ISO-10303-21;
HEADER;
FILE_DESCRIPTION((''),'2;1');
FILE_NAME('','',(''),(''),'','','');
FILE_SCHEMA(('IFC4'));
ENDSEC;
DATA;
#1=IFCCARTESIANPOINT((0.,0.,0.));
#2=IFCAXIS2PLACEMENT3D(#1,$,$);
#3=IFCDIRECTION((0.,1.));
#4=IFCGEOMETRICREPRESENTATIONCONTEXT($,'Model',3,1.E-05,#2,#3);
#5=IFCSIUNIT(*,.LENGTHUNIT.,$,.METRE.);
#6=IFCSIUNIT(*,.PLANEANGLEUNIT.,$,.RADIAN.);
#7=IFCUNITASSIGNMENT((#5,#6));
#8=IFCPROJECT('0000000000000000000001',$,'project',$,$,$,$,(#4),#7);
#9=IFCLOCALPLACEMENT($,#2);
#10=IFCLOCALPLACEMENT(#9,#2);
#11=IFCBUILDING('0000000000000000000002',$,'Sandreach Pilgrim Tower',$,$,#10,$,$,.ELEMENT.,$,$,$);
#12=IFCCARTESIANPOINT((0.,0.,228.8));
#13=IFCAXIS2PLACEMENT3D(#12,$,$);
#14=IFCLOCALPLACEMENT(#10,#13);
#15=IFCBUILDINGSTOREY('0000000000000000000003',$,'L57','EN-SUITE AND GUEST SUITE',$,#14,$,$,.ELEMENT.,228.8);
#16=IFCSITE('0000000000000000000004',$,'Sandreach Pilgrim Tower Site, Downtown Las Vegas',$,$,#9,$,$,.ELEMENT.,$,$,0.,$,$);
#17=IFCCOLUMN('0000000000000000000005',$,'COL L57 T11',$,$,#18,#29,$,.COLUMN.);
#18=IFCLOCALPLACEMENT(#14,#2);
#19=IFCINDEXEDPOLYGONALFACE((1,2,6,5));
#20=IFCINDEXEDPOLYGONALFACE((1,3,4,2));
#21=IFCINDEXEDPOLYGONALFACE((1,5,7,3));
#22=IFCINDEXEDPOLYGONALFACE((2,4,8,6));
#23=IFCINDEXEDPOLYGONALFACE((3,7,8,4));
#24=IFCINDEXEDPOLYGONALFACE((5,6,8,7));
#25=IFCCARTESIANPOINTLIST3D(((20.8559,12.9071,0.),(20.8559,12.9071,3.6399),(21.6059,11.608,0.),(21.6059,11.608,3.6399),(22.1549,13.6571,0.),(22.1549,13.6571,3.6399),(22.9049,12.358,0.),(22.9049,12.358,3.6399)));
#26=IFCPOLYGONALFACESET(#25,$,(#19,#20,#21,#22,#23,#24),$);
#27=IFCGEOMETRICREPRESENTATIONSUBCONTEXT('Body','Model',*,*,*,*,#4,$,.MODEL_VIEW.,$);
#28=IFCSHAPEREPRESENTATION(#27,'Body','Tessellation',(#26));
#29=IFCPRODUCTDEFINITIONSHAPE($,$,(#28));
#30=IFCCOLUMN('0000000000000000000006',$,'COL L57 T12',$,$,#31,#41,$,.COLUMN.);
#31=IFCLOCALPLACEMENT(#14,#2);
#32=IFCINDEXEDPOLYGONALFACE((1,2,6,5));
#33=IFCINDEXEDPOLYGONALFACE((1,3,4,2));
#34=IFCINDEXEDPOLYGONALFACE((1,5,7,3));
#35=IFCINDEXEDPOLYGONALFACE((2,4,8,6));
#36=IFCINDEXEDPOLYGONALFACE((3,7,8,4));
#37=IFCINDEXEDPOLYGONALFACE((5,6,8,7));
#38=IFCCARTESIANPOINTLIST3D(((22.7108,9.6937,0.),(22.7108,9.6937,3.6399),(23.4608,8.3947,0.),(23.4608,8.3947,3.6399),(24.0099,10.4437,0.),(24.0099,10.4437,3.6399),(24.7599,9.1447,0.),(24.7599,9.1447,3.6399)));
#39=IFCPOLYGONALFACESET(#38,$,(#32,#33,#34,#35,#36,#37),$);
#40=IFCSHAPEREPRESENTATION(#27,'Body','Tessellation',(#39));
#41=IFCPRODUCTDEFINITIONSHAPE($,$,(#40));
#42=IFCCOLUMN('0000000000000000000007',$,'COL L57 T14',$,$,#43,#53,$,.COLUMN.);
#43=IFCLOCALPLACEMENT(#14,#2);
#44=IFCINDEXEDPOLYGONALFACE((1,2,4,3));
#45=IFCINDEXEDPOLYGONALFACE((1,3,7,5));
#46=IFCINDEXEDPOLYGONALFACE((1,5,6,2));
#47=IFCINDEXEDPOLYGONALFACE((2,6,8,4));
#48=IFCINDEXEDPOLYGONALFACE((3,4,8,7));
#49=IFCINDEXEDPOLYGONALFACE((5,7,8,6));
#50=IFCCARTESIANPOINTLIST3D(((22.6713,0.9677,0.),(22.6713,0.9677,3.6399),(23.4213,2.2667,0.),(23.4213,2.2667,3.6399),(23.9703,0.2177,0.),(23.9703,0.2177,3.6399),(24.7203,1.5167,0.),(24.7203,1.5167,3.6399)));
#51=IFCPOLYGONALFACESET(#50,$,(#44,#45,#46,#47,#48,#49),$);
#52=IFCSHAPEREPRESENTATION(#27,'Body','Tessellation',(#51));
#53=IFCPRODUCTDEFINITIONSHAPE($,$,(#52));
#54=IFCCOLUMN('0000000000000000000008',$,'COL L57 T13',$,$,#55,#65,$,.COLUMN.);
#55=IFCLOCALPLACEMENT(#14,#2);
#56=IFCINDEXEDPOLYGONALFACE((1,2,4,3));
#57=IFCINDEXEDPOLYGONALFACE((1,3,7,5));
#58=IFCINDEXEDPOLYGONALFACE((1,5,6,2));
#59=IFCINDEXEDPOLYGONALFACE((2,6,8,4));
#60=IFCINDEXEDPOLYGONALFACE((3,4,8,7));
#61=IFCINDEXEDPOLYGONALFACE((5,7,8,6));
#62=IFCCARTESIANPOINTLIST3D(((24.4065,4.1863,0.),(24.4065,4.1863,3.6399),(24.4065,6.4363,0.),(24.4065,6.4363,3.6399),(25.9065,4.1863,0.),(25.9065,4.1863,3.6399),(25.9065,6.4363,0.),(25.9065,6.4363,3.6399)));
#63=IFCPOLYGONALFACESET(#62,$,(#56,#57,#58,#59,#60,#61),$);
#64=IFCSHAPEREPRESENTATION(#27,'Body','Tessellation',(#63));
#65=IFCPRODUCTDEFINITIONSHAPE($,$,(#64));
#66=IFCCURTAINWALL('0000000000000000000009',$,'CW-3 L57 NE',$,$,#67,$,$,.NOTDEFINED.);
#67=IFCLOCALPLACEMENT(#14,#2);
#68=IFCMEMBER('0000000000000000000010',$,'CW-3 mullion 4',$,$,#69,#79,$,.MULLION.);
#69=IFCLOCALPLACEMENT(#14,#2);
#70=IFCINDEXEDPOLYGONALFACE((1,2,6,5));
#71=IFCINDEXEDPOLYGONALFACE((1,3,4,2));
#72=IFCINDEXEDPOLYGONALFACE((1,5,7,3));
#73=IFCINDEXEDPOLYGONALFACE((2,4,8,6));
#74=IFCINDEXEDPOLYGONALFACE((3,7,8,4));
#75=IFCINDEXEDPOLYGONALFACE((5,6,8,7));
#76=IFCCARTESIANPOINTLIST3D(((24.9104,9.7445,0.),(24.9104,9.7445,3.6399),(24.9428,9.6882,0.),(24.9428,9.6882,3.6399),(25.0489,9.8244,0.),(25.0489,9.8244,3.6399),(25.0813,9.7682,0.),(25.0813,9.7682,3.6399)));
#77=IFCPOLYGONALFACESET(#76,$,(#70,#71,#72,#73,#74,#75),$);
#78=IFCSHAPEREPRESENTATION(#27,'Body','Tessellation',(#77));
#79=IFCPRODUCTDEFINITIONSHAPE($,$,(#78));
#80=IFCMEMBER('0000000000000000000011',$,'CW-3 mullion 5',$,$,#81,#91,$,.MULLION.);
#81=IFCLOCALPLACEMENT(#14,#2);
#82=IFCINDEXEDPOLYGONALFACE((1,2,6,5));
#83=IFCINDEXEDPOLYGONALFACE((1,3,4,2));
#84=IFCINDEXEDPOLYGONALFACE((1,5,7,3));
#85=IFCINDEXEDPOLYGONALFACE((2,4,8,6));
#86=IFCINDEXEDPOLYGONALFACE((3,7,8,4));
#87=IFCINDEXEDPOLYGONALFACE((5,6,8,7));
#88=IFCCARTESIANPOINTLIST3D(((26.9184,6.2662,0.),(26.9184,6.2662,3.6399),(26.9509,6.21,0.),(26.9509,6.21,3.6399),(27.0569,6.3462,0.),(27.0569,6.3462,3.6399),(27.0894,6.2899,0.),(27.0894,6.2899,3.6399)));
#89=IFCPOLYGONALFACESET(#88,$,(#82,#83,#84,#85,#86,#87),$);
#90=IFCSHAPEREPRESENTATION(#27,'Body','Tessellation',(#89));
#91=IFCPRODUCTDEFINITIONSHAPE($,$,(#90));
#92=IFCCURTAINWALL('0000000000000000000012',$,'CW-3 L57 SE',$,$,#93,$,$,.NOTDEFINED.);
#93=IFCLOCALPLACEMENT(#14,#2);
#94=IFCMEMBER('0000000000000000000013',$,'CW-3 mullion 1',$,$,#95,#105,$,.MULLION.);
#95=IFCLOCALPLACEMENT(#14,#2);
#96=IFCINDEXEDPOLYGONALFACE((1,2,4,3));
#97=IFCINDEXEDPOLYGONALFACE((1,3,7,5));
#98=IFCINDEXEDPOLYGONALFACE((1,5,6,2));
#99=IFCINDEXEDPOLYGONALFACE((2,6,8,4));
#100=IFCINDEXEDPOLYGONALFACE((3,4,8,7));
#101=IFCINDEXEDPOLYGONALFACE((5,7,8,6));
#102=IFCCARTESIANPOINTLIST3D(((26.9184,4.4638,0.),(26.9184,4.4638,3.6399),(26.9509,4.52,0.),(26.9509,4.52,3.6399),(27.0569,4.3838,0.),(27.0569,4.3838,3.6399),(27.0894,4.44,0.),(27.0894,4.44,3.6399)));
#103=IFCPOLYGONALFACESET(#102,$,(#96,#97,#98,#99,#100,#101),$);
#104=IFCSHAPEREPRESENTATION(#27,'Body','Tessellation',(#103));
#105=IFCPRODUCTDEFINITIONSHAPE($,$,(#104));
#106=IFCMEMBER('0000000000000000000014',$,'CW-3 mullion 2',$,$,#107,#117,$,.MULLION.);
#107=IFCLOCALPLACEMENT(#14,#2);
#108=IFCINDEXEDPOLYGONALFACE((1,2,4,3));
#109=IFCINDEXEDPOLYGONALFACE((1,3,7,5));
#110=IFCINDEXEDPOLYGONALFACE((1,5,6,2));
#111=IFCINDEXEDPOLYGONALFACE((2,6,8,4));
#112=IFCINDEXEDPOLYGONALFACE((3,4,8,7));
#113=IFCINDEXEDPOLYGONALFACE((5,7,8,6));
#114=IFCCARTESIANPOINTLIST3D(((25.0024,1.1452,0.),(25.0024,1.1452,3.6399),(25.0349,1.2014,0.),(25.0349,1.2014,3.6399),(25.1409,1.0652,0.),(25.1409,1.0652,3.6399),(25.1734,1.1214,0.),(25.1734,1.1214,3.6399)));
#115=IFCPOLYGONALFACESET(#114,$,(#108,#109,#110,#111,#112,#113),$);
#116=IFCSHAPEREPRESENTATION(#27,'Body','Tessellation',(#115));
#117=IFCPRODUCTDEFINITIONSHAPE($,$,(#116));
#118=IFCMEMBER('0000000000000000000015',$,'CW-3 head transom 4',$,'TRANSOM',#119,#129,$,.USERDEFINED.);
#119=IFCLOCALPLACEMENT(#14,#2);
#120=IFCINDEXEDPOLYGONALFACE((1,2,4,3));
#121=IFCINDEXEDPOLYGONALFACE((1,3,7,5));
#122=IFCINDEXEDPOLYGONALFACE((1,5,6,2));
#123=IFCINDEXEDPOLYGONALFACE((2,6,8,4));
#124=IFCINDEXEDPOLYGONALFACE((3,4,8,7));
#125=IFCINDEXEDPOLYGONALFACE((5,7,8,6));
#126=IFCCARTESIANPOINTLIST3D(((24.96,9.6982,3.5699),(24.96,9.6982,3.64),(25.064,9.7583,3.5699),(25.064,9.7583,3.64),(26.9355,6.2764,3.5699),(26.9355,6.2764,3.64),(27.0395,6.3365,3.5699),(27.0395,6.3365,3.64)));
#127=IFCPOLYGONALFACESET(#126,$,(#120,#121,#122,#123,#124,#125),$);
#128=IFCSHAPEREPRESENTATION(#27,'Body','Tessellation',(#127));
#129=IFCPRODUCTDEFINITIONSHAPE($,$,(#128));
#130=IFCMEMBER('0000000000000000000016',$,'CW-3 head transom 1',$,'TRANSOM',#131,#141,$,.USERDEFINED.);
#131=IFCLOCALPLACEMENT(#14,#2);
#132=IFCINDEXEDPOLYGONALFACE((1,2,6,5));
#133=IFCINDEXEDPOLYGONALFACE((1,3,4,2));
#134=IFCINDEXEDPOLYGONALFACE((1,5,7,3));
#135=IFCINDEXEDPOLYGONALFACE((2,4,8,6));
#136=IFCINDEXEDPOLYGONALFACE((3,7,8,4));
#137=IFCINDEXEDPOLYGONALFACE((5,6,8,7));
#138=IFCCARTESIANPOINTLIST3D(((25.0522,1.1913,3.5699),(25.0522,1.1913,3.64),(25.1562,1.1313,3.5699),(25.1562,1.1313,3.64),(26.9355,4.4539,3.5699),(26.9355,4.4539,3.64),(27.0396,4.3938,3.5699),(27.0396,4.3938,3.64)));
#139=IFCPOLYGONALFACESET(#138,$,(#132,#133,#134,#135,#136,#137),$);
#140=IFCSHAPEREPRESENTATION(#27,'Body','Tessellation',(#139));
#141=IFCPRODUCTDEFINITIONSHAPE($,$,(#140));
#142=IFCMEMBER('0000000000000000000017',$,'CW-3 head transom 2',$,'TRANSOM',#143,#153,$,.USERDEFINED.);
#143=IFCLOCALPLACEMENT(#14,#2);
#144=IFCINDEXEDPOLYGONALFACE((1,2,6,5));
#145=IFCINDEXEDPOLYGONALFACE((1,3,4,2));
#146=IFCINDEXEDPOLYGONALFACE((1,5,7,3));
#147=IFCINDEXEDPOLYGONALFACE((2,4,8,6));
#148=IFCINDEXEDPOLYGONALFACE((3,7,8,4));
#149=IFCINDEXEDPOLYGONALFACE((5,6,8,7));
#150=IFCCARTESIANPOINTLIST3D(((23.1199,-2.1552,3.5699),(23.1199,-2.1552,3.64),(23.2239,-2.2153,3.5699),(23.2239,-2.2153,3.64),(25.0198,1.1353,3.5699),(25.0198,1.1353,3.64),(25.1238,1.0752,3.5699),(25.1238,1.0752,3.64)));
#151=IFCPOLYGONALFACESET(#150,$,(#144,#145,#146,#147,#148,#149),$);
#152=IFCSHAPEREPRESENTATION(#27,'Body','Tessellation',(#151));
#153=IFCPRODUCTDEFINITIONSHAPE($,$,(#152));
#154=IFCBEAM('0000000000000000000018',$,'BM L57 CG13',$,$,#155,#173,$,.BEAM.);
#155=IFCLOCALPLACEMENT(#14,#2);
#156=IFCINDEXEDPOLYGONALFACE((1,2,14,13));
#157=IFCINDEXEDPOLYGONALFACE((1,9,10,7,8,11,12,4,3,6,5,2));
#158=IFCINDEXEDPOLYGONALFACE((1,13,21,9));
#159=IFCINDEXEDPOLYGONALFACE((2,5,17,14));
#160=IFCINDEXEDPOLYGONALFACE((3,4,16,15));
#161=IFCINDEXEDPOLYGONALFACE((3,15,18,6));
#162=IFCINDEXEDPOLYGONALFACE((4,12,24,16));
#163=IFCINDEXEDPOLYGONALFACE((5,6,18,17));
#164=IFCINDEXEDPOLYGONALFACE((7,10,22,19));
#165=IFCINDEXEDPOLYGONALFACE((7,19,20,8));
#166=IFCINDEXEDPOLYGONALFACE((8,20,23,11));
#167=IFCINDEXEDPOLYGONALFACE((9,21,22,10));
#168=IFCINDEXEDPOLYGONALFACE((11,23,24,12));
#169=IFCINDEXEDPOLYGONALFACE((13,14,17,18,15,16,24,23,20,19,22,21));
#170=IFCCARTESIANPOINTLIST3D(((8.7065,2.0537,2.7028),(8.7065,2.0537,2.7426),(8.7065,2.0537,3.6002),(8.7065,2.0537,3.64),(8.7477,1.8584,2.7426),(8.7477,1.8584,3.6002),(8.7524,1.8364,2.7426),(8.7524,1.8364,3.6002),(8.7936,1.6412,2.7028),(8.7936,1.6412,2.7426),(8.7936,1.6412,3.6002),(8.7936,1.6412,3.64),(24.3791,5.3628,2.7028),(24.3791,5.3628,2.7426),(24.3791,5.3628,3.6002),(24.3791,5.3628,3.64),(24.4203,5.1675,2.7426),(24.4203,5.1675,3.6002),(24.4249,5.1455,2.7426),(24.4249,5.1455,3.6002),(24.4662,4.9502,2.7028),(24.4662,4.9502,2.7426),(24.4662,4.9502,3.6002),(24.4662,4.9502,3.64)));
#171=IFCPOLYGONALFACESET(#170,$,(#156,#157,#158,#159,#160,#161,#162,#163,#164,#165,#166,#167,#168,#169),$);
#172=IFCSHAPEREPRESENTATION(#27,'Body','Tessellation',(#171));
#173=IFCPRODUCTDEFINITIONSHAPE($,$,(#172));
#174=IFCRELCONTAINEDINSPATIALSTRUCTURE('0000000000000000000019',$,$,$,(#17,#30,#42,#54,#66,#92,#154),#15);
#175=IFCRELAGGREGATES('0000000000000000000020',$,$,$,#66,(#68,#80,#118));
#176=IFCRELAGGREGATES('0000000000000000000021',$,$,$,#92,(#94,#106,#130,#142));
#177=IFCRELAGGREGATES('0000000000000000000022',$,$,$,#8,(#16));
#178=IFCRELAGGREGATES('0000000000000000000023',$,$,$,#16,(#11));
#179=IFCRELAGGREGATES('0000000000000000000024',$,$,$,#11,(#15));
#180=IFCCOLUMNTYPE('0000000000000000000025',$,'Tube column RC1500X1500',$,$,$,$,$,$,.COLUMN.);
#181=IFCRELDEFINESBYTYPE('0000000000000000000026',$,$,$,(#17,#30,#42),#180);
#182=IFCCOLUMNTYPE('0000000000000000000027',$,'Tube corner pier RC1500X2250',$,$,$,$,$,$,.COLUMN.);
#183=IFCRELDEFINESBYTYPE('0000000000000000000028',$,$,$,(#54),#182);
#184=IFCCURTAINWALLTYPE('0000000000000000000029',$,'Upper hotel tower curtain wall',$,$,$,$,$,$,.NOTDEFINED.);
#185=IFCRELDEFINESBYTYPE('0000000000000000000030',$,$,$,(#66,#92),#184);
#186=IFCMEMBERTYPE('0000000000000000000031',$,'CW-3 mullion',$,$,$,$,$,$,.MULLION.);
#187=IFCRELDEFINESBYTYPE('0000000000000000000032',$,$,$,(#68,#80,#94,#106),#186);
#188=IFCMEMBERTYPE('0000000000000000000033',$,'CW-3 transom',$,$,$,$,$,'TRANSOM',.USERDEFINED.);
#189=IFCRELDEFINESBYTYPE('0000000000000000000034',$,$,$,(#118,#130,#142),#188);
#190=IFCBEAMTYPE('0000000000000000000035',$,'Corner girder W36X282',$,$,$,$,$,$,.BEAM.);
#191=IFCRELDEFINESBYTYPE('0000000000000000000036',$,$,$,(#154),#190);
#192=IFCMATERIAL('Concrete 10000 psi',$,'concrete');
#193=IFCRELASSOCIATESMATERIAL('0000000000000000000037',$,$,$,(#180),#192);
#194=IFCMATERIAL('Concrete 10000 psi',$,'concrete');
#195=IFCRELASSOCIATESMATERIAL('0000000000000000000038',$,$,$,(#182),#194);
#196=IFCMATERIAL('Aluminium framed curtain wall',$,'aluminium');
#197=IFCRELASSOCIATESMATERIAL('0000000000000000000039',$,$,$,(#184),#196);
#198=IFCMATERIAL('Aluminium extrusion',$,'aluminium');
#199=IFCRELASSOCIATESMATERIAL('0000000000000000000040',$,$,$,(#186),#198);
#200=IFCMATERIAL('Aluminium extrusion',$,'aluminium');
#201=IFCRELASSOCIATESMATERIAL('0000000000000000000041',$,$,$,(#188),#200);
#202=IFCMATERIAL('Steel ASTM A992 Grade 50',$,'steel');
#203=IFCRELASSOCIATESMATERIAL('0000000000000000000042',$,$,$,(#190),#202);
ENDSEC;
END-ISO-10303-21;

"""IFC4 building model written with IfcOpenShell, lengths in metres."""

from ifc_helpers import new_model, si_unit, direction, frame, origin, origin_2d, place, context, subcontext, project, spatial, rectangle, i_section, extrude, clip, halfspace, material, material_profile, profile_set, type_object, element, aggregate, save


model = new_model("IFC4")

# Units and contexts
model_context = context("Model", 3, precision=1e-05, world=origin(), true_north=direction((0.0, 1.0)))
body_context = subcontext(model_context, "Body", "Model", "MODEL_VIEW")
ifc_project = project(units=[si_unit("LENGTHUNIT", "METRE"), si_unit("PLANEANGLEUNIT", "RADIAN")], contexts=[model_context])

# Site, building, storey
site_placement = place(None, origin())
site = spatial("IfcSite", under=ifc_project, at=site_placement, Name="Sandreach Pilgrim Tower Site, Downtown Las Vegas", CompositionType="ELEMENT", RefElevation=0.0)
building_placement = place(site_placement, origin())
building = spatial("IfcBuilding", under=site, at=building_placement, Name="Sandreach Pilgrim Tower", CompositionType="ELEMENT")
storey_placement = place(building_placement, frame((0.0, 0.0, 228.8)))
storey = spatial("IfcBuildingStorey", under=building, at=storey_placement, Name="L57", Description="EN-SUITE AND GUEST SUITE", CompositionType="ELEMENT", Elevation=228.8)

# Columns
ifc_material_1 = material(Name="Concrete 10000 psi", Category="concrete")
ifc_material_profile_1 = material_profile(ifc_material_1, rectangle(XDim=1.5, YDim=1.5, at=origin_2d()), Name="RC1500X1500")
ifc_profile_set_1 = profile_set([ifc_material_profile_1], Name="Concrete 10000 psi")
column_type_1 = type_object("IfcColumnType", Name="Tube column RC1500X1500", PredefinedType="COLUMN", material=ifc_profile_set_1)
column_1_placement = place(storey_placement, frame((21.8804, 12.6326, 0.0), z_axis=(0.0, 0.0, 1.0), x_axis=(0.866025, 0.5, 0.0)))
element("IfcColumn", 1, at=column_1_placement, inside=storey, type_object=column_type_1, Name="COL L57 T11", PredefinedType="COLUMN", context=body_context, shape_type="SweptSolid", body=[
    clip(extrude(rectangle(XDim=1.5, YDim=1.5, at=origin_2d()), origin(), (0.0, 0.0, 1.0), 3.7488), halfspace(frame((0.0, 0.0, 3.6399)), False)),
])
column_2_placement = place(storey_placement, frame((23.7354, 9.4192, 0.0), z_axis=(0.0, 0.0, 1.0), x_axis=(0.866025, 0.5, 0.0)))
element("IfcColumn", 2, at=column_2_placement, inside=storey, type_object=column_type_1, Name="COL L57 T12", PredefinedType="COLUMN", context=body_context, shape_type="SweptSolid", body=[
    clip(extrude(rectangle(XDim=1.5, YDim=1.5, at=origin_2d()), origin(), (0.0, 0.0, 1.0), 3.7412), halfspace(frame((0.0, 0.0, 3.6399)), False)),
])
column_3_placement = place(storey_placement, frame((23.6958, 1.2422, 0.0), z_axis=(0.0, 0.0, 1.0), x_axis=(0.866025, -0.5, 0.0)))
element("IfcColumn", 3, at=column_3_placement, inside=storey, type_object=column_type_1, Name="COL L57 T14", PredefinedType="COLUMN", context=body_context, shape_type="SweptSolid", body=[
    clip(extrude(rectangle(XDim=1.5, YDim=1.5, at=origin_2d()), origin(), (0.0, 0.0, 1.0), 3.7324), halfspace(frame((0.0, 0.0, 3.6399)), False)),
])
ifc_material_2 = material(Name="Concrete 10000 psi", Category="concrete")
ifc_material_profile_2 = material_profile(ifc_material_2, rectangle(XDim=1.5, YDim=2.25, at=origin_2d()), Name="RC1500X2250")
ifc_profile_set_2 = profile_set([ifc_material_profile_2], Name="Concrete 10000 psi")
column_type_2 = type_object("IfcColumnType", Name="Tube corner pier RC1500X2250", PredefinedType="COLUMN", material=ifc_profile_set_2)
column_4_placement = place(storey_placement, frame((25.1565, 5.3113, 0.0), z_axis=(0.0, 0.0, 1.0), x_axis=(1.0, 0.0, 0.0)))
element("IfcColumn", 4, at=column_4_placement, inside=storey, type_object=column_type_2, Name="COL L57 T13", PredefinedType="COLUMN", context=body_context, shape_type="SweptSolid", body=[
    clip(extrude(rectangle(XDim=1.5, YDim=2.25, at=origin_2d()), origin(), (0.0, 0.0, 1.0), 3.7312), halfspace(frame((0.0, 0.0, 3.6399)), False)),
])

# Curtain walls, members
ifc_material_3 = material(Name="Aluminium framed curtain wall", Category="aluminium")
curtain_wall_type = type_object("IfcCurtainWallType", Name="Upper hotel tower curtain wall", PredefinedType="NOTDEFINED", material=ifc_material_3)
curtain_wall_1_placement = place(storey_placement, origin())
curtain_wall_1 = element("IfcCurtainWall", 5, at=curtain_wall_1_placement, inside=storey, type_object=curtain_wall_type, Name="CW-3 L57 NE", PredefinedType="NOTDEFINED")
ifc_material_4 = material(Name="Aluminium extrusion", Category="aluminium")
ifc_material_profile_3 = material_profile(ifc_material_4, rectangle(XDim=0.0649, YDim=0.1599, at=origin_2d()), Name="CW-3M 65X160")
ifc_profile_set_3 = profile_set([ifc_material_profile_3], Name="Aluminium extrusion")
member_type_1 = type_object("IfcMemberType", Name="CW-3 mullion", PredefinedType="MULLION", material=ifc_profile_set_3)
member_1_placement = place(storey_placement, frame((24.9958, 9.7563, 0.0), z_axis=(0.0, 0.0, 1.0), x_axis=(0.5, -0.866025, 0.0)))
member_1 = element("IfcMember", 6, at=member_1_placement, type_object=member_type_1, Name="CW-3 mullion 4", PredefinedType="MULLION", context=body_context, shape_type="SweptSolid", body=[
    extrude(rectangle(XDim=0.0649, YDim=0.1599, at=origin_2d()), origin(), (0.0, 0.0, 1.0), 3.6399),
])
member_2_placement = place(storey_placement, frame((27.0039, 6.2781, 0.0), z_axis=(0.0, 0.0, 1.0), x_axis=(0.5, -0.866025, 0.0)))
member_2 = element("IfcMember", 7, at=member_2_placement, type_object=member_type_1, Name="CW-3 mullion 5", PredefinedType="MULLION", context=body_context, shape_type="SweptSolid", body=[
    extrude(rectangle(XDim=0.0649, YDim=0.1599, at=origin_2d()), origin(), (0.0, 0.0, 1.0), 3.6399),
])
curtain_wall_2_placement = place(storey_placement, origin())
curtain_wall_2 = element("IfcCurtainWall", 8, at=curtain_wall_2_placement, inside=storey, type_object=curtain_wall_type, Name="CW-3 L57 SE", PredefinedType="NOTDEFINED")
member_3_placement = place(storey_placement, frame((27.0039, 4.4519, 0.0), z_axis=(0.0, 0.0, 1.0), x_axis=(-0.5, -0.866025, 0.0)))
member_3 = element("IfcMember", 9, at=member_3_placement, type_object=member_type_1, Name="CW-3 mullion 1", PredefinedType="MULLION", context=body_context, shape_type="SweptSolid", body=[
    extrude(rectangle(XDim=0.0649, YDim=0.1599, at=origin_2d()), origin(), (0.0, 0.0, 1.0), 3.6399),
])
member_4_placement = place(storey_placement, frame((25.0879, 1.1333, 0.0), z_axis=(0.0, 0.0, 1.0), x_axis=(-0.5, -0.866025, 0.0)))
member_4 = element("IfcMember", 10, at=member_4_placement, type_object=member_type_1, Name="CW-3 mullion 2", PredefinedType="MULLION", context=body_context, shape_type="SweptSolid", body=[
    extrude(rectangle(XDim=0.0649, YDim=0.1599, at=origin_2d()), origin(), (0.0, 0.0, 1.0), 3.6399),
])

# Members
ifc_material_5 = material(Name="Aluminium extrusion", Category="aluminium")
ifc_material_profile_4 = material_profile(ifc_material_5, rectangle(XDim=0.1201, YDim=0.0701, at=origin_2d()), Name="CW-3T 120X70")
ifc_profile_set_4 = profile_set([ifc_material_profile_4], Name="Aluminium extrusion")
member_type_2 = type_object("IfcMemberType", Name="CW-3 transom", ElementType="TRANSOM", PredefinedType="USERDEFINED", material=ifc_profile_set_4)
member_5_placement = place(storey_placement, frame((25.012, 9.7283, 3.605), z_axis=(0.499993, -0.866029, 0.0), x_axis=(0.866029, 0.499993, 0.0)))
member_5 = element("IfcMember", 11, at=member_5_placement, type_object=member_type_2, Name="CW-3 head transom 4", ObjectType="TRANSOM", PredefinedType="USERDEFINED", context=body_context, shape_type="SweptSolid", body=[
    extrude(rectangle(XDim=0.1201, YDim=0.0701, at=origin_2d()), origin(), (0.0, 0.0, 1.0), 3.9512),
])
member_6_placement = place(storey_placement, frame((26.9875, 4.4238, 3.605), z_axis=(-0.499945, -0.866057, 0.0), x_axis=(0.866057, -0.499945, 0.0)))
member_6 = element("IfcMember", 12, at=member_6_placement, type_object=member_type_2, Name="CW-3 head transom 1", ObjectType="TRANSOM", PredefinedType="USERDEFINED", context=body_context, shape_type="SweptSolid", body=[
    extrude(rectangle(XDim=0.1201, YDim=0.0701, at=origin_2d()), origin(), (0.0, 0.0, 1.0), 3.7671),
])
member_7_placement = place(storey_placement, frame((25.0718, 1.1052, 3.605), z_axis=(-0.500023, -0.866012, 0.0), x_axis=(0.866012, -0.500023, 0.0)))
member_7 = element("IfcMember", 13, at=member_7_placement, type_object=member_type_2, Name="CW-3 head transom 2", ObjectType="TRANSOM", PredefinedType="USERDEFINED", context=body_context, shape_type="SweptSolid", body=[
    extrude(rectangle(XDim=0.1201, YDim=0.0701, at=origin_2d()), origin(), (0.0, 0.0, 1.0), 3.7996),
])

# Beam
ifc_material_6 = material(Name="Steel ASTM A992 Grade 50", Category="steel")
ifc_material_profile_5 = material_profile(ifc_material_6, i_section(OverallWidth=0.4216, OverallDepth=0.9373, WebThickness=0.0225, FlangeThickness=0.0398, at=origin_2d()), Name="W36X282")
ifc_profile_set_5 = profile_set([ifc_material_profile_5], Name="Steel ASTM A992 Grade 50")
beam_type_1 = type_object("IfcBeamType", Name="Corner girder W36X282", PredefinedType="BEAM", material=ifc_profile_set_5)
beam_1_placement = place(storey_placement, frame((24.4226, 5.1565, 3.1714), z_axis=(-0.978429, -0.206583, 0.0), x_axis=(0.206583, -0.978429, 0.0)))
element("IfcBeam", 14, at=beam_1_placement, inside=storey, type_object=beam_type_1, Name="BM L57 CG13", PredefinedType="BEAM", context=body_context, shape_type="SweptSolid", body=[
    extrude(i_section(OverallWidth=0.4216, OverallDepth=0.9373, WebThickness=0.0225, FlangeThickness=0.0398, at=origin_2d()), origin(), (0.0, 0.0, 1.0), 16.0181),
])

aggregate(curtain_wall_1, [member_1, member_2, member_5])
aggregate(curtain_wall_2, [member_3, member_4, member_6, member_7])

save(model, "model.ifc")
